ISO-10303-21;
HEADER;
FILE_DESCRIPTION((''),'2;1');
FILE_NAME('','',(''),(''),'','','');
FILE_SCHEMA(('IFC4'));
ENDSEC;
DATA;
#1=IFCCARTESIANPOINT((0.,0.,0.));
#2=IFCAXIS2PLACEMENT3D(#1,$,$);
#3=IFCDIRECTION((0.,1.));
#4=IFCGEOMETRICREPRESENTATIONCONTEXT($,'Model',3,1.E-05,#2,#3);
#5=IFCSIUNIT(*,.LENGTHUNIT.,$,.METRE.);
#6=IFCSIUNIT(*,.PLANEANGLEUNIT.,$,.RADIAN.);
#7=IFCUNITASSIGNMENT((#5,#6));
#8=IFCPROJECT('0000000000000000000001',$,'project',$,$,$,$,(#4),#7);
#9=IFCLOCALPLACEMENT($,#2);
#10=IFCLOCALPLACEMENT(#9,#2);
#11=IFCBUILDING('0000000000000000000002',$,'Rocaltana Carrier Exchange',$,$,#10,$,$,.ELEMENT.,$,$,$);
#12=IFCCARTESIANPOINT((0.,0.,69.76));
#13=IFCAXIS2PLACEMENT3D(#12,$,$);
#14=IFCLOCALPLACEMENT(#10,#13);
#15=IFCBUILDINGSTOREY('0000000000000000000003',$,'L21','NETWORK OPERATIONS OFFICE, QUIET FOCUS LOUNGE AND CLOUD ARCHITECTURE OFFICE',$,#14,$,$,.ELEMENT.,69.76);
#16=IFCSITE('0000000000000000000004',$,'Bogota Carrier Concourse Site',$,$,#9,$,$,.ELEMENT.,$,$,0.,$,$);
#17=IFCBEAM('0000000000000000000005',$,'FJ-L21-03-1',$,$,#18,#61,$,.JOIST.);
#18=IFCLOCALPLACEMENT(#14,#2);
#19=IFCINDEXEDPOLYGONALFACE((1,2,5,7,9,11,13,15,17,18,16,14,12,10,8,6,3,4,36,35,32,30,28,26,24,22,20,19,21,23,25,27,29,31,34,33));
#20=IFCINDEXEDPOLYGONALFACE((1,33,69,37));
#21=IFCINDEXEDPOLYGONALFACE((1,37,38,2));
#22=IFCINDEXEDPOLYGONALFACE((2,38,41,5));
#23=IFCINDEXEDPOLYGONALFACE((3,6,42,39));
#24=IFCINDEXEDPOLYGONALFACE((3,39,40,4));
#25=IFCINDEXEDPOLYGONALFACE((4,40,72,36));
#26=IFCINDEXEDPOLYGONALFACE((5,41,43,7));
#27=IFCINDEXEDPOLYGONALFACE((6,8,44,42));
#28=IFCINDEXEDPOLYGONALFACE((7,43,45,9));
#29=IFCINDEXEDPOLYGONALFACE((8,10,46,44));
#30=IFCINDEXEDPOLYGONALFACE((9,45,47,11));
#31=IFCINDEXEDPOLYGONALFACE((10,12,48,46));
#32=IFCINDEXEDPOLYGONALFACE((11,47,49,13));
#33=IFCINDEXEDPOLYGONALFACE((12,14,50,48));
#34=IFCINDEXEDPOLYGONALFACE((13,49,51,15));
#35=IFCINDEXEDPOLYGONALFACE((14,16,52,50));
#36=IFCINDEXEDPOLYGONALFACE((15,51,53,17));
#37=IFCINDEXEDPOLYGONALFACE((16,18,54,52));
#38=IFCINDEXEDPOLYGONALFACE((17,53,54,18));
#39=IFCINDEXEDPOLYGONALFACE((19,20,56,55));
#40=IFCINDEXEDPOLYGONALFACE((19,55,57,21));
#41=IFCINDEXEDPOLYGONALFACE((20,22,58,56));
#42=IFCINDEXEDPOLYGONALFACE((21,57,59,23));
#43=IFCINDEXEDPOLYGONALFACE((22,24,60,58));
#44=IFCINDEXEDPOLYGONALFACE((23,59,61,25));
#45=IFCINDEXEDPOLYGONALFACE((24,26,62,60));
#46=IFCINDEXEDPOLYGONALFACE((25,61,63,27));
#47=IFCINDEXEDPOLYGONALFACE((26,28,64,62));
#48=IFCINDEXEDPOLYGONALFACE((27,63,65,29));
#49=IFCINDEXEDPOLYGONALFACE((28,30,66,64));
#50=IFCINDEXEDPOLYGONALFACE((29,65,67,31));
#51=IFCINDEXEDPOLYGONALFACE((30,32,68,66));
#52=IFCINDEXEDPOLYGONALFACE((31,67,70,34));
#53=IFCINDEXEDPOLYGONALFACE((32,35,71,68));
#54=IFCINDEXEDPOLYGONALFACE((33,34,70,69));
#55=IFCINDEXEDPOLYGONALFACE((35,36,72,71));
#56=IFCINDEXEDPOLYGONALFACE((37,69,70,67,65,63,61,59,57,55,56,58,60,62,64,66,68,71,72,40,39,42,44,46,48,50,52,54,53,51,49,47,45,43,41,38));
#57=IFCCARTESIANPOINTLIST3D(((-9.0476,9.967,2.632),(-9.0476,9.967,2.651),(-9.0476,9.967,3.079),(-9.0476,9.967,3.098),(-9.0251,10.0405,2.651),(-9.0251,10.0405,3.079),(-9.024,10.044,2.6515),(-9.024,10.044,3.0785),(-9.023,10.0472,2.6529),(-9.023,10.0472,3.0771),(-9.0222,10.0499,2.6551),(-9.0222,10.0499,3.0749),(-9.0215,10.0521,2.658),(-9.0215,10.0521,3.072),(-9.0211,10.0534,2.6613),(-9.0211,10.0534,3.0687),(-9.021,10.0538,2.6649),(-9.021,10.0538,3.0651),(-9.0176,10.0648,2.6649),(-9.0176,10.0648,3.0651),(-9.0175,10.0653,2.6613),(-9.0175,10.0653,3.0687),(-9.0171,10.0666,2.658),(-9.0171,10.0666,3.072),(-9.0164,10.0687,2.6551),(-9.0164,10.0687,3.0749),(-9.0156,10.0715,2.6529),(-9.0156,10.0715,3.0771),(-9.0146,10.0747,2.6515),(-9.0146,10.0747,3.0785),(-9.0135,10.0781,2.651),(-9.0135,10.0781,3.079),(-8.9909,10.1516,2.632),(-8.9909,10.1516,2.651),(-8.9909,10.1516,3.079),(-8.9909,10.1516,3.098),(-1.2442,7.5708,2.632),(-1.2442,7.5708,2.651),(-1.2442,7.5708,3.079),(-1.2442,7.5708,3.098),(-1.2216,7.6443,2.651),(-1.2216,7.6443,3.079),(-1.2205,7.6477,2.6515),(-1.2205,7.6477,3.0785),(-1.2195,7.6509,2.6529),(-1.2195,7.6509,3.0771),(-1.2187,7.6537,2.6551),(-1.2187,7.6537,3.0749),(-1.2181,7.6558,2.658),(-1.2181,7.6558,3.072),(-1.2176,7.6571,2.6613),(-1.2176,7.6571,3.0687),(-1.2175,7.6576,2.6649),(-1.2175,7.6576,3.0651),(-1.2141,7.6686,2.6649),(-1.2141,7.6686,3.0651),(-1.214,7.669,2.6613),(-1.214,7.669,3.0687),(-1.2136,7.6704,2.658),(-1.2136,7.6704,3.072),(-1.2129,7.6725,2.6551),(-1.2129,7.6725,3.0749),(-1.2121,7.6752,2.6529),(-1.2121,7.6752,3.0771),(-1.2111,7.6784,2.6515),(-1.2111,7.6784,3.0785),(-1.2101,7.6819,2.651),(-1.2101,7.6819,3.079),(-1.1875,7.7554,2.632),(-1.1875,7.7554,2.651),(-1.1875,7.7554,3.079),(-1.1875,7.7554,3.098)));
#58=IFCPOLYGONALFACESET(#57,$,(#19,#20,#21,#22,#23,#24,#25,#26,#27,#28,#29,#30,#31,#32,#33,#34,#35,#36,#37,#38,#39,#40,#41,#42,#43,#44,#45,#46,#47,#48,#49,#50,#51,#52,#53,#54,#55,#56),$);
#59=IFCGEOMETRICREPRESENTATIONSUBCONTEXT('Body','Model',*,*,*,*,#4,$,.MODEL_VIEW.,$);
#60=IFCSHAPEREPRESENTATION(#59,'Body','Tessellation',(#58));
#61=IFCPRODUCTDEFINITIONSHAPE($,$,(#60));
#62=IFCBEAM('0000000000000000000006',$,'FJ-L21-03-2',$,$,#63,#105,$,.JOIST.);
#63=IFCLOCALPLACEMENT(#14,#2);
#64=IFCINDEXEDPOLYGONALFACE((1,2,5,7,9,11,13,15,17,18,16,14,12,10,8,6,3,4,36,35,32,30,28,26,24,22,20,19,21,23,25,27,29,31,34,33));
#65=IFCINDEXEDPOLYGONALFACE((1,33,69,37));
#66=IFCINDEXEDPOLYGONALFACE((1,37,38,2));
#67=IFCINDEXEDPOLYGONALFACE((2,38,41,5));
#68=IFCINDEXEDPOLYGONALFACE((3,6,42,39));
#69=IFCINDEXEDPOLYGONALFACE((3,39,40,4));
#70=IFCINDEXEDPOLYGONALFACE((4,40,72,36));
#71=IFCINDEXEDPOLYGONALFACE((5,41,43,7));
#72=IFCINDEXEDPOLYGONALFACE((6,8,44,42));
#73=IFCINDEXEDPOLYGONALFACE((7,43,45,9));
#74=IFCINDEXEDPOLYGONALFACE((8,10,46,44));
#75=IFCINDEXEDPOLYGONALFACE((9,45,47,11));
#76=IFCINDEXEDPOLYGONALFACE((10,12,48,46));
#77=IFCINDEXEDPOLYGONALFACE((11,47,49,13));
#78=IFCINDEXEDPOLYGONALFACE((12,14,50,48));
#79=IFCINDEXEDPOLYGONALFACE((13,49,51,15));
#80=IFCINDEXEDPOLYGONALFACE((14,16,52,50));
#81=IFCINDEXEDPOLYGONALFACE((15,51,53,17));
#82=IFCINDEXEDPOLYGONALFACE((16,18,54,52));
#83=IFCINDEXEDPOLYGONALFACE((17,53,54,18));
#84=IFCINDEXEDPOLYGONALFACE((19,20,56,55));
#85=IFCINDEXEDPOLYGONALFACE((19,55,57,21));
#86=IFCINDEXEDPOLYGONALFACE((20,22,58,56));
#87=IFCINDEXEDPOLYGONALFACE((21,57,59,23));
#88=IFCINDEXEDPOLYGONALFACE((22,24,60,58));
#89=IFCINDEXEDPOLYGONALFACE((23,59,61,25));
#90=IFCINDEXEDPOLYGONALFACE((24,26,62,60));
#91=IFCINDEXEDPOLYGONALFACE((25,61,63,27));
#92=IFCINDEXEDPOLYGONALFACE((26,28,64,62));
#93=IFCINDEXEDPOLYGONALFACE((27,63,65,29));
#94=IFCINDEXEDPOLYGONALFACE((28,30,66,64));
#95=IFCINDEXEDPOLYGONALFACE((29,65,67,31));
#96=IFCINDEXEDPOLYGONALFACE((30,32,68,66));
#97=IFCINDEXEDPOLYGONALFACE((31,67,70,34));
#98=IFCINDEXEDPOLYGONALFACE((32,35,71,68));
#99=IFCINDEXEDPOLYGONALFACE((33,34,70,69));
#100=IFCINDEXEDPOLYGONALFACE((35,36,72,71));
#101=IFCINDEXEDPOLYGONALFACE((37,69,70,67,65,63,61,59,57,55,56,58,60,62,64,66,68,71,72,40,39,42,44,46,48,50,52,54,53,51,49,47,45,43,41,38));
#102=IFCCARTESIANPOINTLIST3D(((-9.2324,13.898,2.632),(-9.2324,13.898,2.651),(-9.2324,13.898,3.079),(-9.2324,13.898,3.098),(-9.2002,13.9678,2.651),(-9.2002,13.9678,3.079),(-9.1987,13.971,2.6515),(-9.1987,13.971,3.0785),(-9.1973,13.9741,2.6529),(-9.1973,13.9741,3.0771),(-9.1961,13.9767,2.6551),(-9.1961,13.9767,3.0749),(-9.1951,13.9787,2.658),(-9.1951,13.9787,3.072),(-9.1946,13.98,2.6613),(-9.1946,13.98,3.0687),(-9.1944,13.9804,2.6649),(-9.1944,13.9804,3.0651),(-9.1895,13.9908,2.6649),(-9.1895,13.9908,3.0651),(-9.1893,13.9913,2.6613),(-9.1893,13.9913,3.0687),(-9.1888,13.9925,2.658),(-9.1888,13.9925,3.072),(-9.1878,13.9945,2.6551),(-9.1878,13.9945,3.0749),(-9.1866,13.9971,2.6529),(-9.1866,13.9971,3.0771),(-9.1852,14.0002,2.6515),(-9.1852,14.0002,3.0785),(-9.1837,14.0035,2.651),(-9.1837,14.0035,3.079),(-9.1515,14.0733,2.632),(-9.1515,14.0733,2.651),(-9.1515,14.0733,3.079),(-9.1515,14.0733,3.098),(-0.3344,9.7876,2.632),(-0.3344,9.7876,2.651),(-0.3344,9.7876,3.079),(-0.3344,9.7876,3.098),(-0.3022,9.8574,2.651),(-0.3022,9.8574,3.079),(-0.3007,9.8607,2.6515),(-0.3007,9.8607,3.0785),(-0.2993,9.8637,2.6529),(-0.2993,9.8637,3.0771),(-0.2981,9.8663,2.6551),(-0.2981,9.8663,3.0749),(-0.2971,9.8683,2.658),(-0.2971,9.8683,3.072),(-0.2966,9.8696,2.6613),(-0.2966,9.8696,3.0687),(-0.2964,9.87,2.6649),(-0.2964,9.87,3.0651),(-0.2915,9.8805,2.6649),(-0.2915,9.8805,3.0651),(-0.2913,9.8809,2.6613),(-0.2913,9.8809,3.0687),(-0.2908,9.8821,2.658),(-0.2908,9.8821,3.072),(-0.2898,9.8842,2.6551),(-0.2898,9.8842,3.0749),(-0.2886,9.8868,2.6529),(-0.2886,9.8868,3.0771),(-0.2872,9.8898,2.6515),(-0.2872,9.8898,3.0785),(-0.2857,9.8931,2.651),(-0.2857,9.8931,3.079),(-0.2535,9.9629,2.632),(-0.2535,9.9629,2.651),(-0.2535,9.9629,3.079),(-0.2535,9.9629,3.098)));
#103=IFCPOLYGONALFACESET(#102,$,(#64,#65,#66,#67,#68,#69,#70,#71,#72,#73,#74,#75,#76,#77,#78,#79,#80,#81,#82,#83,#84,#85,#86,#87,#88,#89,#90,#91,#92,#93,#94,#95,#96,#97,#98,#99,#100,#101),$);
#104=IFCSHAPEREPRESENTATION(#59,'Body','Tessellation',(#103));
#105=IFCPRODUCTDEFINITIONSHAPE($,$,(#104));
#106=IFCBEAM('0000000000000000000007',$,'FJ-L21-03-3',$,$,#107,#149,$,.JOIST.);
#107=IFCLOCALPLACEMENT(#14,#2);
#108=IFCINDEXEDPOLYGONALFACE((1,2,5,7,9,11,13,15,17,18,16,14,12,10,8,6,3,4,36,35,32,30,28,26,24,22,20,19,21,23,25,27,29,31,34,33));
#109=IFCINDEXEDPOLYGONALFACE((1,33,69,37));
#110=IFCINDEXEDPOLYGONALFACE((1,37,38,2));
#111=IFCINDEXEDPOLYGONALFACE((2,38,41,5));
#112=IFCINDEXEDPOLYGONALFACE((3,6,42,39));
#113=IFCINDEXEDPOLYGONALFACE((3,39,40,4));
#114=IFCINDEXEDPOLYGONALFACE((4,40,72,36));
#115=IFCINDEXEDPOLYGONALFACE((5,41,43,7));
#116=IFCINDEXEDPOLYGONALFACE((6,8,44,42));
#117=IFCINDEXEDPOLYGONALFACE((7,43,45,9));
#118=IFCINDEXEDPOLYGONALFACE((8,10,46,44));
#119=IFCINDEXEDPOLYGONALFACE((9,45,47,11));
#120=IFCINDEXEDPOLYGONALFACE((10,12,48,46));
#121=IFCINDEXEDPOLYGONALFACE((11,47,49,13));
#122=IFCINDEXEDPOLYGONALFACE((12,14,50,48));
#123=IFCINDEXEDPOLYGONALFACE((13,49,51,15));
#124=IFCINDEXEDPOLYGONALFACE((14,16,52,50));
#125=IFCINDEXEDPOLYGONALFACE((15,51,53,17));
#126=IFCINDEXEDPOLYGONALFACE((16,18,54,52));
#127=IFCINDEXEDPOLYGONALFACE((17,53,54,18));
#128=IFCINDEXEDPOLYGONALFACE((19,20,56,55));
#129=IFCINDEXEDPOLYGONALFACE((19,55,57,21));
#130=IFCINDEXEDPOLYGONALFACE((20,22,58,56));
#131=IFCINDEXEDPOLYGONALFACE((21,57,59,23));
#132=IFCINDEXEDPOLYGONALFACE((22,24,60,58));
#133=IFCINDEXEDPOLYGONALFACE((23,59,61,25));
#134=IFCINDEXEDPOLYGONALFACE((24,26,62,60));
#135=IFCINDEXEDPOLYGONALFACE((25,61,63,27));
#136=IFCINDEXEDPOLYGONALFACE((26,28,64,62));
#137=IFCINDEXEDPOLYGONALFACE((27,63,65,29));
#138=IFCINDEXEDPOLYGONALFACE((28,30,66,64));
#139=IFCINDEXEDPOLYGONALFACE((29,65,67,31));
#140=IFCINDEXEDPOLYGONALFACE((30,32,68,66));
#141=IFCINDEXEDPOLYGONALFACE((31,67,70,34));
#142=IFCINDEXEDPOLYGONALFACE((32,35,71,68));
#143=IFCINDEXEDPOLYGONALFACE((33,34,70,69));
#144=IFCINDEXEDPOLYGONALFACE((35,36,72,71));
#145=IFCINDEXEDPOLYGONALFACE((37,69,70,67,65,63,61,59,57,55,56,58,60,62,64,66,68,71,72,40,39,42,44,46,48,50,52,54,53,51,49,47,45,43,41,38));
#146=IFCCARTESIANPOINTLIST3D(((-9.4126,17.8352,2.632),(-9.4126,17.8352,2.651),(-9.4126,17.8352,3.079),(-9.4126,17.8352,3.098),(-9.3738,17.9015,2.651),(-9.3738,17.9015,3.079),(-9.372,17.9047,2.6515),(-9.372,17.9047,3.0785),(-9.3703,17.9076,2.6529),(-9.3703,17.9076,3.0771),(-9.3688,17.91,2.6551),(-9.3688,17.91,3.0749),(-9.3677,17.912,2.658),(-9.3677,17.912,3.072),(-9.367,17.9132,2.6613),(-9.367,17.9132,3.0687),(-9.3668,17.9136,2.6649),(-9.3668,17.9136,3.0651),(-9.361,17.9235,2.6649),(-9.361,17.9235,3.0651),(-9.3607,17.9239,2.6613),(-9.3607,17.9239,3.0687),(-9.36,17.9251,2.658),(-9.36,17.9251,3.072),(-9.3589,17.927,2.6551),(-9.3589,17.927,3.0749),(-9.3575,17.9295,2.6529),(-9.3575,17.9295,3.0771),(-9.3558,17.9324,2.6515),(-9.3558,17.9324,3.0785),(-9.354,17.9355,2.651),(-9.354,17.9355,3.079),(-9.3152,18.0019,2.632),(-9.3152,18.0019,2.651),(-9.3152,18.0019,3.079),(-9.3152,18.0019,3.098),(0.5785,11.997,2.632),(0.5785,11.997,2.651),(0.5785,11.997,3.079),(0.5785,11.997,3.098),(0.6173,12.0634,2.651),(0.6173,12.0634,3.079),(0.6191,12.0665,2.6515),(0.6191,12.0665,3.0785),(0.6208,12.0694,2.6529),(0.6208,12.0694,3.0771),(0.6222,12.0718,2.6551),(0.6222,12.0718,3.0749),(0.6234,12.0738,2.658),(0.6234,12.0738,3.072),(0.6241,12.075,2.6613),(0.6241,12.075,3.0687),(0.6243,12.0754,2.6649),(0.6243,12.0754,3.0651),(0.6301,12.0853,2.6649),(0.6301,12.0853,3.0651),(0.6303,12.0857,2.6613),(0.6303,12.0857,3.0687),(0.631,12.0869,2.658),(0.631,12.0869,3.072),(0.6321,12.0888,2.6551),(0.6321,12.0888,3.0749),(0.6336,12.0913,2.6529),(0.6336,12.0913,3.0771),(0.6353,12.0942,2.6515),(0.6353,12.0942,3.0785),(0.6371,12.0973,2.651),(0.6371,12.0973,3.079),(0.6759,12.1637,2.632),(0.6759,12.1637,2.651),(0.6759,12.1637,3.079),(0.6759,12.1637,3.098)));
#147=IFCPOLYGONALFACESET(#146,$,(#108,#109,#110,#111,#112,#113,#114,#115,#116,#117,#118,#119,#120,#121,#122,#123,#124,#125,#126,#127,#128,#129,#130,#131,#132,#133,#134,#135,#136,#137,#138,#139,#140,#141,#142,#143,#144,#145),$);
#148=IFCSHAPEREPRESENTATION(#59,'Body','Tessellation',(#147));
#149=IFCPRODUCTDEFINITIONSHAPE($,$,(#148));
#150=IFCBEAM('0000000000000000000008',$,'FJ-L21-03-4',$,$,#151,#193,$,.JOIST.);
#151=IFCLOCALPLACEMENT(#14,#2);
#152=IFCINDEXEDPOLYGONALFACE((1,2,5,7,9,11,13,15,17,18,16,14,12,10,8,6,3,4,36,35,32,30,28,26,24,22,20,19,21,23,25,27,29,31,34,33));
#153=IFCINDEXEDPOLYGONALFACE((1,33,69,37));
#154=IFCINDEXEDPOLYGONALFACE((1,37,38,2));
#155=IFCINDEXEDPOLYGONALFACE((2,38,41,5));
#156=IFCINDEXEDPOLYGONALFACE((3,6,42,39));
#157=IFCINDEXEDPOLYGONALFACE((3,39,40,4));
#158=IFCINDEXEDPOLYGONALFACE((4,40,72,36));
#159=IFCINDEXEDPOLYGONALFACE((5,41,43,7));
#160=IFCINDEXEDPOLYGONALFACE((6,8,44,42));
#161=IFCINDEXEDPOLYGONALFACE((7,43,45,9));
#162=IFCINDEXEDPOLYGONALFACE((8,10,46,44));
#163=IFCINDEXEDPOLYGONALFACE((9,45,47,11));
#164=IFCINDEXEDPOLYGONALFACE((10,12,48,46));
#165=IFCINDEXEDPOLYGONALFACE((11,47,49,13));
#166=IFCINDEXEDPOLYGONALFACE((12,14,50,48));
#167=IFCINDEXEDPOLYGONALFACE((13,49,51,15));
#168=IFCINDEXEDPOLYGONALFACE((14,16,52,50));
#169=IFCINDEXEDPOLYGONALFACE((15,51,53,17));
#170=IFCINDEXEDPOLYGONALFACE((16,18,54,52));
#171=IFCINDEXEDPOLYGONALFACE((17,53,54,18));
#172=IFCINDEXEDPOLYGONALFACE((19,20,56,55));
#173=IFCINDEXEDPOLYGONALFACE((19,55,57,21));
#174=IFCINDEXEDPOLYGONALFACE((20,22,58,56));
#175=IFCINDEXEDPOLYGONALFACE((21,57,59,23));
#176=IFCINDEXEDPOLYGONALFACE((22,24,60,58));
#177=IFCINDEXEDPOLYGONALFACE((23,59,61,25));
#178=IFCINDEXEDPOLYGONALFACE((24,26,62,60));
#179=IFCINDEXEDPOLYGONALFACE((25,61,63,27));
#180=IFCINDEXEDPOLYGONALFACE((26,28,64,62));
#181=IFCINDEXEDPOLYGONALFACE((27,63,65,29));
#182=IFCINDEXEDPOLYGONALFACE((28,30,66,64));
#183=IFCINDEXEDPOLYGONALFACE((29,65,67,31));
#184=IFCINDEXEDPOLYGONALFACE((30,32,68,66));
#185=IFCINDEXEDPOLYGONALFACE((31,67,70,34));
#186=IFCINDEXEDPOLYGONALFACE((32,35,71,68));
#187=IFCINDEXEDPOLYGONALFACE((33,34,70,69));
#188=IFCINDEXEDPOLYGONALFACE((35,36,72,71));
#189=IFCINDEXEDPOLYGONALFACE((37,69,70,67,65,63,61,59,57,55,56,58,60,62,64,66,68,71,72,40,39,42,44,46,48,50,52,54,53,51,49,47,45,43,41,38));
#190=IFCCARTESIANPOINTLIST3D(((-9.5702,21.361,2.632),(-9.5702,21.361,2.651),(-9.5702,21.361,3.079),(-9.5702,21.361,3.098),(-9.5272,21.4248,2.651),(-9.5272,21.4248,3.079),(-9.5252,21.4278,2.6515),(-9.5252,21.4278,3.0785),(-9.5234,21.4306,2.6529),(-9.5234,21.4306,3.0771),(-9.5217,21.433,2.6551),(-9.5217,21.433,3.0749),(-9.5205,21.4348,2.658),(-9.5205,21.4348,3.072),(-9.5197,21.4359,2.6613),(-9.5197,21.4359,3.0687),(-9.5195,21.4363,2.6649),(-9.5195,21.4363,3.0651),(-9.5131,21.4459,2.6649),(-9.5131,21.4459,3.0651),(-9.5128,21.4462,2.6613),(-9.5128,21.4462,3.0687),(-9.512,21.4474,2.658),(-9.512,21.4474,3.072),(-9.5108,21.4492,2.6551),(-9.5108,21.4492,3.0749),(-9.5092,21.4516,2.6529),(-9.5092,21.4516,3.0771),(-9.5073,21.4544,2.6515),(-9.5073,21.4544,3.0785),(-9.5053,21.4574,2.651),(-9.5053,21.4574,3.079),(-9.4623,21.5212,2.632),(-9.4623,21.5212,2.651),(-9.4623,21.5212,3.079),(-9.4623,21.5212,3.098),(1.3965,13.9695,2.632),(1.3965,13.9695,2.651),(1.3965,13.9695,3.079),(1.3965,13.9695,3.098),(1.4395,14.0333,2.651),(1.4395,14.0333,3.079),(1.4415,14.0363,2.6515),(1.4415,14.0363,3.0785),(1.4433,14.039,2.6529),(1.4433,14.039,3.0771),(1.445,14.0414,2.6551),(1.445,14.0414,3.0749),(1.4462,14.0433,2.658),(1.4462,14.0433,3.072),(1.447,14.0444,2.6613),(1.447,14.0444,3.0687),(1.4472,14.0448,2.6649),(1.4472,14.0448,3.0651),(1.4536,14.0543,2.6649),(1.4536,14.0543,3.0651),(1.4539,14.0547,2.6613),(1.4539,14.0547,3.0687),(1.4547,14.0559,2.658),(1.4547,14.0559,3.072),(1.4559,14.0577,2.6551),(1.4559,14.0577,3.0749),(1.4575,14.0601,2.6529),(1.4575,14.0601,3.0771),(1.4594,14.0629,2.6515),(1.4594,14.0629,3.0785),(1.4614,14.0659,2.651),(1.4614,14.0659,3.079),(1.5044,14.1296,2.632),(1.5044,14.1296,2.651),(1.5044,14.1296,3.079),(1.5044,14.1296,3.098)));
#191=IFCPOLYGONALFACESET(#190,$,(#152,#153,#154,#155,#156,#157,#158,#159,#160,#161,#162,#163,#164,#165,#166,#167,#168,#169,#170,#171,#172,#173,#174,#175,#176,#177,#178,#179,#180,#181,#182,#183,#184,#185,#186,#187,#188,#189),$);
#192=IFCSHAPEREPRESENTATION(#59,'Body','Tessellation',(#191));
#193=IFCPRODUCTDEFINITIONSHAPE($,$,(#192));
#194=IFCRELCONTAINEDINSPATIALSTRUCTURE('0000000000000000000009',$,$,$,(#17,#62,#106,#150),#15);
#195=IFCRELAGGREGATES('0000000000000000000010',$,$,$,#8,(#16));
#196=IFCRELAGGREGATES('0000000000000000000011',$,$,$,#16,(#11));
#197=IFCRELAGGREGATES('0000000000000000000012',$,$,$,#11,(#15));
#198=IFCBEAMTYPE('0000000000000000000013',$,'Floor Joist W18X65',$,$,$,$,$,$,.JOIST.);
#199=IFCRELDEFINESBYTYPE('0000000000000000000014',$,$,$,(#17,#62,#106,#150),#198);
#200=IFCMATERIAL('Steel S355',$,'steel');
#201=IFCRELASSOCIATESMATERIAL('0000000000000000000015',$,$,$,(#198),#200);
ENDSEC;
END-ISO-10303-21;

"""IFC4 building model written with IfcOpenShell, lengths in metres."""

from ifc_helpers import new_model, si_unit, direction, frame, origin, origin_2d, place, context, subcontext, project, spatial, i_section, extrude, material, material_profile, profile_set, type_object, element, save


model = new_model("IFC4")

# Units and contexts
model_context = context("Model", 3, precision=1e-05, world=origin(), true_north=direction((0.0, 1.0)))
body_context = subcontext(model_context, "Body", "Model", "MODEL_VIEW")
ifc_project = project(units=[si_unit("LENGTHUNIT", "METRE"), si_unit("PLANEANGLEUNIT", "RADIAN")], contexts=[model_context])

# Site, building, storey
site_placement = place(None, origin())
site = spatial("IfcSite", under=ifc_project, at=site_placement, Name="Bogota Carrier Concourse Site", CompositionType="ELEMENT", RefElevation=0.0)
building_placement = place(site_placement, origin())
building = spatial("IfcBuilding", under=site, at=building_placement, Name="Rocaltana Carrier Exchange", CompositionType="ELEMENT")
storey_placement = place(building_placement, frame((0.0, 0.0, 69.76)))
storey = spatial("IfcBuildingStorey", under=building, at=storey_placement, Name="L21", Description="NETWORK OPERATIONS OFFICE, QUIET FOCUS LOUNGE AND CLOUD ARCHITECTURE OFFICE", CompositionType="ELEMENT", Elevation=69.76)

# Beams
ifc_material_1 = material(Name="Steel S355", Category="steel")
ifc_material_profile_1 = material_profile(ifc_material_1, i_section(OverallWidth=0.1931, OverallDepth=0.4661, WebThickness=0.0115, FlangeThickness=0.019, FilletRadius=0.0139, at=origin_2d()), Name="W18X65")
ifc_profile_set_1 = profile_set([ifc_material_profile_1], Name="Steel S355")
beam_type_1 = type_object("IfcBeamType", Name="Floor Joist W18X65", PredefinedType="JOIST", material=ifc_profile_set_1)
beam_1_placement = place(storey_placement, frame((-1.2158, 7.6631, 2.865), z_axis=(-0.955945, 0.293546, 0.0), x_axis=(-0.293546, -0.955945, 0.0)))
element("IfcBeam", 1, at=beam_1_placement, inside=storey, type_object=beam_type_1, Name="FJ-L21-03-1", PredefinedType="JOIST", context=body_context, shape_type="SweptSolid", body=[
    extrude(i_section(OverallWidth=0.1931, OverallDepth=0.4661, WebThickness=0.0115, FlangeThickness=0.019, FilletRadius=0.0139, at=origin_2d()), origin(), (0.0, 0.0, 1.0), 8.1631),
])
beam_2_placement = place(storey_placement, frame((-0.2939, 9.8752, 2.865), z_axis=(-0.907819, 0.419361, 0.0), x_axis=(-0.419361, -0.907819, 0.0)))
element("IfcBeam", 2, at=beam_2_placement, inside=storey, type_object=beam_type_1, Name="FJ-L21-03-2", PredefinedType="JOIST", context=body_context, shape_type="SweptSolid", body=[
    extrude(i_section(OverallWidth=0.1931, OverallDepth=0.4661, WebThickness=0.0115, FlangeThickness=0.019, FilletRadius=0.0139, at=origin_2d()), origin(), (0.0, 0.0, 1.0), 9.8015),
])
beam_3_placement = place(storey_placement, frame((0.6272, 12.0803, 2.865), z_axis=(-0.8634, 0.50452, 0.0), x_axis=(-0.50452, -0.8634, 0.0)))
element("IfcBeam", 3, at=beam_3_placement, inside=storey, type_object=beam_type_1, Name="FJ-L21-03-3", PredefinedType="JOIST", context=body_context, shape_type="SweptSolid", body=[
    extrude(i_section(OverallWidth=0.1931, OverallDepth=0.4661, WebThickness=0.0115, FlangeThickness=0.019, FilletRadius=0.0139, at=origin_2d()), origin(), (0.0, 0.0, 1.0), 11.5718),
])
beam_4_placement = place(storey_placement, frame((1.4504, 14.0496, 2.865), z_axis=(-0.829234, 0.558902, 0.0), x_axis=(-0.558902, -0.829234, 0.0)))
element("IfcBeam", 4, at=beam_4_placement, inside=storey, type_object=beam_type_1, Name="FJ-L21-03-4", PredefinedType="JOIST", context=body_context, shape_type="SweptSolid", body=[
    extrude(i_section(OverallWidth=0.1931, OverallDepth=0.4661, WebThickness=0.0115, FlangeThickness=0.019, FilletRadius=0.0139, at=origin_2d()), origin(), (0.0, 0.0, 1.0), 13.2251),
])

save(model, "model.ifc")
